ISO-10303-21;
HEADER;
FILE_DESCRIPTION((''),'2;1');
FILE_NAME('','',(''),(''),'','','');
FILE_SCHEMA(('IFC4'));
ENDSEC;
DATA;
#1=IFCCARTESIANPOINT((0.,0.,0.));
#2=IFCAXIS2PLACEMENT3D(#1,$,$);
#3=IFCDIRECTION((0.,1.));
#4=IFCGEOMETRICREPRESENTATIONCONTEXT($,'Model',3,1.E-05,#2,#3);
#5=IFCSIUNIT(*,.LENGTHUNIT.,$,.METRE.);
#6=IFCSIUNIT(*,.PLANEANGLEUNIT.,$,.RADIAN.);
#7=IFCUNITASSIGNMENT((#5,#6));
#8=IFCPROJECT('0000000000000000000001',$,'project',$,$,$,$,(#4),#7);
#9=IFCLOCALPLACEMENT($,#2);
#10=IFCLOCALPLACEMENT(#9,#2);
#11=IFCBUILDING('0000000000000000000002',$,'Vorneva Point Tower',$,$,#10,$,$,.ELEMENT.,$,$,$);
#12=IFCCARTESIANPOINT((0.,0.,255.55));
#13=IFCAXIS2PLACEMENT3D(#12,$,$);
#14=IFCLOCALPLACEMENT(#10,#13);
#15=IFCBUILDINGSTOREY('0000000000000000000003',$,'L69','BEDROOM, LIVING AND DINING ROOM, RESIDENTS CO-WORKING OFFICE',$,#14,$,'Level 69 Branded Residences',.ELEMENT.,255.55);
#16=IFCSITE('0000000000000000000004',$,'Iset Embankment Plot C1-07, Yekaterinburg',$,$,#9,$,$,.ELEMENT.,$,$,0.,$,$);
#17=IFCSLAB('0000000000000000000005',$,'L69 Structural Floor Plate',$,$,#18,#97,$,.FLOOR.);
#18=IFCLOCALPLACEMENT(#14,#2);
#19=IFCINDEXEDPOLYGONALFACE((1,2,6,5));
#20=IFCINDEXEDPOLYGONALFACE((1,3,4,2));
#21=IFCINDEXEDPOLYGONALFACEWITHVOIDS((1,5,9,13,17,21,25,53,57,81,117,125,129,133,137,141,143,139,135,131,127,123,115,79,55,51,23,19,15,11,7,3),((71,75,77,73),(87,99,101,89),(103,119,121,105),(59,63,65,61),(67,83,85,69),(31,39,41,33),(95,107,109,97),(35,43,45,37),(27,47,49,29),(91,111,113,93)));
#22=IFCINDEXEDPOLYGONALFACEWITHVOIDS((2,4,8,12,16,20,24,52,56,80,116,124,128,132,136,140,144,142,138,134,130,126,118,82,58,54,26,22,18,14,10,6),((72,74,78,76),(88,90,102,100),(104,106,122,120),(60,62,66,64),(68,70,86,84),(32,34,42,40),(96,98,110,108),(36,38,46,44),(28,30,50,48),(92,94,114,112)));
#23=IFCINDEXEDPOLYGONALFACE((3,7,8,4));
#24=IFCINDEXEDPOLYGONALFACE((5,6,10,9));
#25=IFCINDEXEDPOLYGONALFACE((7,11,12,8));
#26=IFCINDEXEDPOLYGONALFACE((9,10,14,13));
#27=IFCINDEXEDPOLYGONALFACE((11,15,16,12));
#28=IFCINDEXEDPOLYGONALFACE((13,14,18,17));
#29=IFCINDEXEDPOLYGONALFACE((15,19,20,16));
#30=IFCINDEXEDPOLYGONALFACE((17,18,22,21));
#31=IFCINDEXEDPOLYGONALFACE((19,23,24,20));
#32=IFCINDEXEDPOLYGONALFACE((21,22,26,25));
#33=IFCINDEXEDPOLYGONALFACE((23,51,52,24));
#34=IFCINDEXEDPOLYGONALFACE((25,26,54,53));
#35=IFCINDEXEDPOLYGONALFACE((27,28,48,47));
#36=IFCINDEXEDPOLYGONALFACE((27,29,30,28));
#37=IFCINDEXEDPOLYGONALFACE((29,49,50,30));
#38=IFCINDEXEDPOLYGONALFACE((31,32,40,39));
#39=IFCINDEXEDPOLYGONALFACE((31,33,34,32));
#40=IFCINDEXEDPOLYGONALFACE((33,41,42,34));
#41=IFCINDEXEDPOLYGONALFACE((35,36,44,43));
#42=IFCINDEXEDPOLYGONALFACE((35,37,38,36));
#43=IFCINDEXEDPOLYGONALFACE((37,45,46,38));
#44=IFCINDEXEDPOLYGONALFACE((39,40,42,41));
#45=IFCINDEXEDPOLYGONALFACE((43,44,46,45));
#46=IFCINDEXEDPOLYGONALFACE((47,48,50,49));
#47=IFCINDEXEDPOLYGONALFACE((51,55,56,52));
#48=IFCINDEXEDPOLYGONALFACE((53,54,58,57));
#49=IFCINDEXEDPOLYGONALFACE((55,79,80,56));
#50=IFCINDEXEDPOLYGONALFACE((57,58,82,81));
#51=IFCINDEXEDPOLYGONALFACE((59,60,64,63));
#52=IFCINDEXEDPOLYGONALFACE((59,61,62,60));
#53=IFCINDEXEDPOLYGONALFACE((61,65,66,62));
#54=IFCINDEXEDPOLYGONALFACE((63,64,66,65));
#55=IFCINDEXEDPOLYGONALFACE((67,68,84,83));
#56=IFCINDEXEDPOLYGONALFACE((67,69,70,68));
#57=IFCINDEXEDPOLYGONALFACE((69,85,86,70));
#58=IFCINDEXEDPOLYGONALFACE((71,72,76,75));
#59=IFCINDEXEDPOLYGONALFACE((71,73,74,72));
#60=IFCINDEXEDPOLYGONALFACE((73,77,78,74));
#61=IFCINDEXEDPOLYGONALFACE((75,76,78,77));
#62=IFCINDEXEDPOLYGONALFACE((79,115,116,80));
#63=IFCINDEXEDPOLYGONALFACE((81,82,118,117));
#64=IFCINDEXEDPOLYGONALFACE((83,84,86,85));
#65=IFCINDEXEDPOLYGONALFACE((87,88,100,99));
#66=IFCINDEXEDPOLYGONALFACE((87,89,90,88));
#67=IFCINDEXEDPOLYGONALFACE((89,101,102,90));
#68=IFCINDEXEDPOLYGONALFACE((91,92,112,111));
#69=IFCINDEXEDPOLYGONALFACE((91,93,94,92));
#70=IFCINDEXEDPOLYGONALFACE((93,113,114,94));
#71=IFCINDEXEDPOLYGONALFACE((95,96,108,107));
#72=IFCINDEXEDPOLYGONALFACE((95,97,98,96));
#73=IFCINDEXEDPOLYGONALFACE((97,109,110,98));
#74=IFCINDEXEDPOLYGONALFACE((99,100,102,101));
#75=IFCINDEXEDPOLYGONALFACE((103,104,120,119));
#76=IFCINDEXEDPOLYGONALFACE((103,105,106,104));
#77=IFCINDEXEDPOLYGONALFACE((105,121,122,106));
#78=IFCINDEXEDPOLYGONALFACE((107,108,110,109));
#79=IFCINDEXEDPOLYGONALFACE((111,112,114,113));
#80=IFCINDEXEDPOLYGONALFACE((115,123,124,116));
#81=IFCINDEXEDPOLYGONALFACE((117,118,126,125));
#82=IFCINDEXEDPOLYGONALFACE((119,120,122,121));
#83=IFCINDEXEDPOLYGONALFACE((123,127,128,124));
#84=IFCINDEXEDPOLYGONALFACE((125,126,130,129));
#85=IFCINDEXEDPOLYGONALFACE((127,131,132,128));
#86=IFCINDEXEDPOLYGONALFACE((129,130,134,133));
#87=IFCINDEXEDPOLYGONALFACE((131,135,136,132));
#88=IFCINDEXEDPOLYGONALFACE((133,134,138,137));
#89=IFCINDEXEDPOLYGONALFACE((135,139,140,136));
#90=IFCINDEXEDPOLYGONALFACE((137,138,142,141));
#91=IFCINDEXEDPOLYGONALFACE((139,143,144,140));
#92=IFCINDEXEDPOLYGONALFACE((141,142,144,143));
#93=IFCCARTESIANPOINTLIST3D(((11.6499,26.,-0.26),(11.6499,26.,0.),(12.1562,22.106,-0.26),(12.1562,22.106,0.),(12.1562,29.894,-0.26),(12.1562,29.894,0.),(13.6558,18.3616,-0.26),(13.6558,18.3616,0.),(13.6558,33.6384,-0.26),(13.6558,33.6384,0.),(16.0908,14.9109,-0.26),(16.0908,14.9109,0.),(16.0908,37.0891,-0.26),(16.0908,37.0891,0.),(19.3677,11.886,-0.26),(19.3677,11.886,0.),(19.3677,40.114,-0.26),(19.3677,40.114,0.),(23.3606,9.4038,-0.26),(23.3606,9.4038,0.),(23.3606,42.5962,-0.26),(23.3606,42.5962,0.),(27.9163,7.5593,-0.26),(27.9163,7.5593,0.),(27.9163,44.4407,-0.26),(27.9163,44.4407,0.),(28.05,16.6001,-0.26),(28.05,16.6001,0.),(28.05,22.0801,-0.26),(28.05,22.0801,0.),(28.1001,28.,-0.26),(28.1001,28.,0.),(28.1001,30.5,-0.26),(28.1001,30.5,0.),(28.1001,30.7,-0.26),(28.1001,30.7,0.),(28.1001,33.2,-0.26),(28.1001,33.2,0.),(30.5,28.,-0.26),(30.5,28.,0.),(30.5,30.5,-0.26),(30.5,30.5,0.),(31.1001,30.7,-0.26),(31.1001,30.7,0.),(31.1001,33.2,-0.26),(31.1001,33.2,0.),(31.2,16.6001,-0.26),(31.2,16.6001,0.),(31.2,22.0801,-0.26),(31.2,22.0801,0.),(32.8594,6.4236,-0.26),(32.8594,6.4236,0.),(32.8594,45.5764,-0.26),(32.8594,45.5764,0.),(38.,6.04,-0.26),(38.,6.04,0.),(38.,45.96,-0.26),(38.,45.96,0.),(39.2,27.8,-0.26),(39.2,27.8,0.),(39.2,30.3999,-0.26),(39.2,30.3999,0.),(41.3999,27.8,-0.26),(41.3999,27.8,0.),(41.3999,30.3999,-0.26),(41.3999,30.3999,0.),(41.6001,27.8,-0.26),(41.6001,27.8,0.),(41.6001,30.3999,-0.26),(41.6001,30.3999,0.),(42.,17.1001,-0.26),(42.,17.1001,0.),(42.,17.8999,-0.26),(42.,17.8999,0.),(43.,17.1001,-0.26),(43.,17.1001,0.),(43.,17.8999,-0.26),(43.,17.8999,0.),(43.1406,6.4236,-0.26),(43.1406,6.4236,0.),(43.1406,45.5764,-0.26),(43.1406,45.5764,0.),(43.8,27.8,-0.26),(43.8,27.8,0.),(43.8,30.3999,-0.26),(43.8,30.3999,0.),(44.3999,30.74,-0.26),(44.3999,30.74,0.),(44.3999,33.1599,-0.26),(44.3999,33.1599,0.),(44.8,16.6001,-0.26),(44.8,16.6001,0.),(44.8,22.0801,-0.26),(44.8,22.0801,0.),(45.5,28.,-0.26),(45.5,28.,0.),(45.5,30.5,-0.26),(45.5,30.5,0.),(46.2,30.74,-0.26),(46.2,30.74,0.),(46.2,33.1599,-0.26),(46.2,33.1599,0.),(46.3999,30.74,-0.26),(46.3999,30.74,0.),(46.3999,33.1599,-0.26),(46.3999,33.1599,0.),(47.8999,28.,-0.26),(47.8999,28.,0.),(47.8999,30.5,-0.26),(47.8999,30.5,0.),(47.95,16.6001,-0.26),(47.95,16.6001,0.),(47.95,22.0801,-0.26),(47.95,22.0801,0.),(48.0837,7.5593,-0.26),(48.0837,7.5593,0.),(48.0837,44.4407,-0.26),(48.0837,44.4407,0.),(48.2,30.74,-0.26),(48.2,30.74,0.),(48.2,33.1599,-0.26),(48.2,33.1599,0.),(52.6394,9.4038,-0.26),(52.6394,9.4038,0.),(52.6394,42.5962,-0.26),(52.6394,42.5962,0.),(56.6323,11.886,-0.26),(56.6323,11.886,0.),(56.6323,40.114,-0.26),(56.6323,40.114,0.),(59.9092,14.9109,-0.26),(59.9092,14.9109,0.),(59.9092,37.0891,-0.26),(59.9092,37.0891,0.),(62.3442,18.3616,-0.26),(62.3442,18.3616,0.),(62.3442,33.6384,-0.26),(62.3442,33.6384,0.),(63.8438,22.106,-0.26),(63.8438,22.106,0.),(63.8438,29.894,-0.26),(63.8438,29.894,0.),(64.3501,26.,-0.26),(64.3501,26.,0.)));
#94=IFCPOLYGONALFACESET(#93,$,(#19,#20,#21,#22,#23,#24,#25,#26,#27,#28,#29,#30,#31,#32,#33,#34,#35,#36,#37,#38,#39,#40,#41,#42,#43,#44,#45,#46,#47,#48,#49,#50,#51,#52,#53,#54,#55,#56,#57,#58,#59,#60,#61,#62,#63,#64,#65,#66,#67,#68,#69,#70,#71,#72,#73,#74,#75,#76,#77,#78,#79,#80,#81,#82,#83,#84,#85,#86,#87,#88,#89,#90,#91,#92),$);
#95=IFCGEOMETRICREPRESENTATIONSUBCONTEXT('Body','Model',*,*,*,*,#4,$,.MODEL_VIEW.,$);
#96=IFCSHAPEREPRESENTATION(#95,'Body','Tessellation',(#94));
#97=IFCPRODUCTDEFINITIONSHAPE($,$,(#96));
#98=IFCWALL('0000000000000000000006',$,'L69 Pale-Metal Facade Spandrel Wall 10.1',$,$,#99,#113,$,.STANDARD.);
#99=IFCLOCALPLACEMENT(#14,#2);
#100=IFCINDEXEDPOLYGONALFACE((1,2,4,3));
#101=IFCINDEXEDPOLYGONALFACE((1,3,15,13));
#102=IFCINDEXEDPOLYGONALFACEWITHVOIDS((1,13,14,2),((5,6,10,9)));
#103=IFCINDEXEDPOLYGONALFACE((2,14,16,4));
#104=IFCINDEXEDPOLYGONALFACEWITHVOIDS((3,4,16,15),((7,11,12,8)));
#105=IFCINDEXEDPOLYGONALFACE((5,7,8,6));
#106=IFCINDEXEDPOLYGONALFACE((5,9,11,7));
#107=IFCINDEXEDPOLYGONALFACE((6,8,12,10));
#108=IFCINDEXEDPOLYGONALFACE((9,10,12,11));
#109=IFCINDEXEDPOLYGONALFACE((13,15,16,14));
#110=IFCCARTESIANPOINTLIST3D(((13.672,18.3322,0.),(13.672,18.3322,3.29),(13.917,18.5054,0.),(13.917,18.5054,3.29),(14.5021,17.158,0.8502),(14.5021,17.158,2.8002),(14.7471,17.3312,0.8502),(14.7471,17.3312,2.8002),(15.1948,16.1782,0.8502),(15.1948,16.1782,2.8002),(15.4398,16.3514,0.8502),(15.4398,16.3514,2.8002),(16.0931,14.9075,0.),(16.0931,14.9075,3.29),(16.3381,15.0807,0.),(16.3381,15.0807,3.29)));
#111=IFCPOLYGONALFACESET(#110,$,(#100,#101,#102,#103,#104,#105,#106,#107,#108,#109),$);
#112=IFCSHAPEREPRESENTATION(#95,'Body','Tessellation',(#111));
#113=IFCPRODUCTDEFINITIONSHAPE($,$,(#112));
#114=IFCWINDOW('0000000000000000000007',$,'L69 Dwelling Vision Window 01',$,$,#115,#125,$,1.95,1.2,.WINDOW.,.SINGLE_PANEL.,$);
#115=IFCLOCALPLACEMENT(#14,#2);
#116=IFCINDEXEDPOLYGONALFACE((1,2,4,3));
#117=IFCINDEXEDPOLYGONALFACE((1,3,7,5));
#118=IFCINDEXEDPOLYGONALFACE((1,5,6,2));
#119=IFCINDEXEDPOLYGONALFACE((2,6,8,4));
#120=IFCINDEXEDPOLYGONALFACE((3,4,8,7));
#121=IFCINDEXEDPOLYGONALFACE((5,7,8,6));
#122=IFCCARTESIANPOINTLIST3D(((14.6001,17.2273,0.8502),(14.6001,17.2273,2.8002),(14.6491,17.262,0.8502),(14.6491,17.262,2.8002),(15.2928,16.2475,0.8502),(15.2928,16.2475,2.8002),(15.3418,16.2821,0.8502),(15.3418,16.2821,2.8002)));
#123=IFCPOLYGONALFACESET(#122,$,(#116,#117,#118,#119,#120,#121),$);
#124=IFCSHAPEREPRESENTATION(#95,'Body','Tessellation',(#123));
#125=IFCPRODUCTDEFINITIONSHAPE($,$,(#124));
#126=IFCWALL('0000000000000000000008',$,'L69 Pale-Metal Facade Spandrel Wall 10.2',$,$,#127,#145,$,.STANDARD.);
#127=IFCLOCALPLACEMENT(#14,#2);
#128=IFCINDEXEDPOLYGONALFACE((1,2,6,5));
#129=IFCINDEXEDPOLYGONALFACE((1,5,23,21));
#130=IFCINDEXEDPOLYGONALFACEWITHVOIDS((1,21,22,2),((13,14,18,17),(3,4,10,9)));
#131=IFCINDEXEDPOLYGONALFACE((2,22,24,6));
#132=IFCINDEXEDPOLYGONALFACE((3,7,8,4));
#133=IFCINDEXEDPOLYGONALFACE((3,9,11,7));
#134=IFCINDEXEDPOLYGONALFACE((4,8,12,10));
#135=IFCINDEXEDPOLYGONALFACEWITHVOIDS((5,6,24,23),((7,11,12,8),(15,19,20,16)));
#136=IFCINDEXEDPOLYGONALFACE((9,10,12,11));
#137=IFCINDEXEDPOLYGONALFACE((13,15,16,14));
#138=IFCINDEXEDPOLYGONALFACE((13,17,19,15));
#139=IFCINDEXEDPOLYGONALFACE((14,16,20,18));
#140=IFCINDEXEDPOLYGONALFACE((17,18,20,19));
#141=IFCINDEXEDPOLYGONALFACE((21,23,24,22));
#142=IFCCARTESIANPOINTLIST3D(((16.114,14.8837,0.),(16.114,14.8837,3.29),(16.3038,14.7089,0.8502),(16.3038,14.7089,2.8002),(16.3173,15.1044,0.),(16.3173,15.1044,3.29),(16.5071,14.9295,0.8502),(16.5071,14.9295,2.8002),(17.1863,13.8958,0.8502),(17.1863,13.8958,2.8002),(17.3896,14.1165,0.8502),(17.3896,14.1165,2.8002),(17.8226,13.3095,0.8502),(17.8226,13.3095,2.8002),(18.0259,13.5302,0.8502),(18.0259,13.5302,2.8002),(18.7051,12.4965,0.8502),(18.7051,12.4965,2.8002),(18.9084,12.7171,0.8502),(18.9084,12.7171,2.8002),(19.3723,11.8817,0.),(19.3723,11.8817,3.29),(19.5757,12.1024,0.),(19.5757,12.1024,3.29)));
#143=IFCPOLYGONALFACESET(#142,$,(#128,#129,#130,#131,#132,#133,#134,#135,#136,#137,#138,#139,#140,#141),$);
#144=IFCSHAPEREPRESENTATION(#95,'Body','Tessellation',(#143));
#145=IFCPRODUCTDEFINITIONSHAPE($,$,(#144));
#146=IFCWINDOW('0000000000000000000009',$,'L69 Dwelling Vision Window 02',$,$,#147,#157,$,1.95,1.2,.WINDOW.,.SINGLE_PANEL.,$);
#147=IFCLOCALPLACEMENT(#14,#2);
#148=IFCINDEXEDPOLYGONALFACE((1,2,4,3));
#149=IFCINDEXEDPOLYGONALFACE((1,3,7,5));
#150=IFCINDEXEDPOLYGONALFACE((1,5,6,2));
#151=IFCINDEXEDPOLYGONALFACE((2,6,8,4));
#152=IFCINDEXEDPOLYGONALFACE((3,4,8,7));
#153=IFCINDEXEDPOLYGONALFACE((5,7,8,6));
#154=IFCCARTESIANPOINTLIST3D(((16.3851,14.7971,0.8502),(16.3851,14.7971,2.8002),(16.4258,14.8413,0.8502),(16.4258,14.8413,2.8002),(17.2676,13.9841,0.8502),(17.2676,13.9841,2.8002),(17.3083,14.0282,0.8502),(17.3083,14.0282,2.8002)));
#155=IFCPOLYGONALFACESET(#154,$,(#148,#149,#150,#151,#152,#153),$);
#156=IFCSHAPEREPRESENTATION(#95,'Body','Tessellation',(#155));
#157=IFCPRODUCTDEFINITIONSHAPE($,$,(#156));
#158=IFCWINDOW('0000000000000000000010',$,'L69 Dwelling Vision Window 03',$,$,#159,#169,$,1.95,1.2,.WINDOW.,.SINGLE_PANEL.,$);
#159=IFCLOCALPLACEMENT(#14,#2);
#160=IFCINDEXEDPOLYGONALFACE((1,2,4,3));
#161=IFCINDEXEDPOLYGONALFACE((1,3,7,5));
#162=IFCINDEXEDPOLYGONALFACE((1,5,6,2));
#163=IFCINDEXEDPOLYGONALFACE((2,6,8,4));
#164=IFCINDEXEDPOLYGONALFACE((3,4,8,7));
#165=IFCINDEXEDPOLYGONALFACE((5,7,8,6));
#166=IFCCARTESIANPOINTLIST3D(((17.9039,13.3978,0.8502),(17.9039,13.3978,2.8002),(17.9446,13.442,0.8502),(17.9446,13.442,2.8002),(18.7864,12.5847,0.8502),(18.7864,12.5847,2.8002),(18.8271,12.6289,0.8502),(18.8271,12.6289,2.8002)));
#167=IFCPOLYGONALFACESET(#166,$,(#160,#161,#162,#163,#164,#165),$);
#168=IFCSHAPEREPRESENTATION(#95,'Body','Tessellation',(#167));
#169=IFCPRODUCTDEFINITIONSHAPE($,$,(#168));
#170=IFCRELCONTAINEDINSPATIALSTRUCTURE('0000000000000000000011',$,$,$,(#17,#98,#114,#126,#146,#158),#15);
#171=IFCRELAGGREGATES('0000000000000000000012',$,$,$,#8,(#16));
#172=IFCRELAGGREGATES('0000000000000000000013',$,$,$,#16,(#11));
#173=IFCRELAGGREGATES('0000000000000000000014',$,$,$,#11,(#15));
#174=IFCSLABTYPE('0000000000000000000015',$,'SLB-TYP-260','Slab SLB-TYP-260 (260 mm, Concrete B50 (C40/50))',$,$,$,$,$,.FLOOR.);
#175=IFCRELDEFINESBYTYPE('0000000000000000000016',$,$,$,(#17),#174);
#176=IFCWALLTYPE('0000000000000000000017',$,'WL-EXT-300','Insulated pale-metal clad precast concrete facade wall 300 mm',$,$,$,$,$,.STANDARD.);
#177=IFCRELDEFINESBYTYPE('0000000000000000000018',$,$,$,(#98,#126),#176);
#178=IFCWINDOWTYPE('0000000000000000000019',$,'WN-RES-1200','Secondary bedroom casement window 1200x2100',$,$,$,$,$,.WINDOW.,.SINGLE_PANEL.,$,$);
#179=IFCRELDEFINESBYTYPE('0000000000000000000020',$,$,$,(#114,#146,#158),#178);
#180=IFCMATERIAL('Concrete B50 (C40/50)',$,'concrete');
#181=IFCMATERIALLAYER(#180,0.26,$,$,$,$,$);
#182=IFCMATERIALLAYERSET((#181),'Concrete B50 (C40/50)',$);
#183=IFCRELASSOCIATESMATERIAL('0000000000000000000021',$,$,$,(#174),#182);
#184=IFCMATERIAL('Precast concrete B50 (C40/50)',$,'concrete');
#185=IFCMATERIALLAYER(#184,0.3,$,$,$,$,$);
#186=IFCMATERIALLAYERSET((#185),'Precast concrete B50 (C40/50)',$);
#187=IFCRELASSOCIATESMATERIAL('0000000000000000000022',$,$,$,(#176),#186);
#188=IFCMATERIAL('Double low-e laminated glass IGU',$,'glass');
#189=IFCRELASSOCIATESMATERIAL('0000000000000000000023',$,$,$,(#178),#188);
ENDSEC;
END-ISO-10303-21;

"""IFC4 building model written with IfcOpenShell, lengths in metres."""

from ifc_helpers import new_model, si_unit, direction, frame, frame_2d, origin, place, context, subcontext, project, spatial, polyline, rectangle, outline, extrude, material, layer, layer_set, type_object, element, fill, save


model = new_model("IFC4")

# Units and contexts
model_context = context("Model", 3, precision=1e-05, world=origin(), true_north=direction((0.0, 1.0)))
body_context = subcontext(model_context, "Body", "Model", "MODEL_VIEW")
ifc_project = project(units=[si_unit("LENGTHUNIT", "METRE"), si_unit("PLANEANGLEUNIT", "RADIAN")], contexts=[model_context])

# Site, building, storey
site_placement = place(None, origin())
site = spatial("IfcSite", under=ifc_project, at=site_placement, Name="Iset Embankment Plot C1-07, Yekaterinburg", CompositionType="ELEMENT", RefElevation=0.0)
building_placement = place(site_placement, origin())
building = spatial("IfcBuilding", under=site, at=building_placement, Name="Vorneva Point Tower", CompositionType="ELEMENT")
storey_placement = place(building_placement, frame((0.0, 0.0, 255.55)))
storey = spatial("IfcBuildingStorey", under=building, at=storey_placement, Name="L69", Description="BEDROOM, LIVING AND DINING ROOM, RESIDENTS CO-WORKING OFFICE", LongName="Level 69 Branded Residences", CompositionType="ELEMENT", Elevation=255.55)

# Shared definitions
ifc_material_1 = material(Name="Concrete B50 (C40/50)", Category="concrete")

# Shared definitions
ifc_material_2 = material(Name="Double low-e laminated glass IGU", Category="glass")

# Slab
ifc_layer_1 = layer(ifc_material_1, 0.26)
ifc_layer_set_1 = layer_set([ifc_layer_1], Name="Concrete B50 (C40/50)")
slab_type_1 = type_object("IfcSlabType", Name="SLB-TYP-260", Description="Slab SLB-TYP-260 (260 mm, Concrete B50 (C40/50))", PredefinedType="FLOOR", material=ifc_layer_set_1)
slab_1_placement = place(storey_placement, frame((0.0, 0.0, -0.26)))
element("IfcSlab", 1, at=slab_1_placement, inside=storey, type_object=slab_type_1, Name="L69 Structural Floor Plate", PredefinedType="FLOOR", context=body_context, shape_type="SweptSolid", body=[
    extrude(outline(polyline([(64.3501, 26.0), (63.8438, 29.894), (62.3442, 33.6384), (59.9092, 37.0891), (56.6323, 40.114), (52.6394, 42.5962), (48.0837, 44.4407), (43.1406, 45.5764), (38.0, 45.96), (32.8594, 45.5764), (27.9163, 44.4407), (23.3606, 42.5962), (19.3677, 40.114), (16.0908, 37.0891), (13.6558, 33.6384), (12.1562, 29.894), (11.6499, 26.0), (12.1562, 22.106), (13.6558, 18.3616), (16.0908, 14.9109), (19.3677, 11.886), (23.3606, 9.4038), (27.9163, 7.5593), (32.8594, 6.4236), (38.0, 6.04), (43.1406, 6.4236), (48.0837, 7.5593), (52.6394, 9.4038), (56.6323, 11.886), (59.9092, 14.9109), (62.3442, 18.3616), (63.8438, 22.106), (64.3501, 26.0)]), holes=[polyline([(39.2, 27.8), (41.3999, 27.8), (41.3999, 30.3999), (39.2, 30.3999), (39.2, 27.8)]), polyline([(41.6001, 27.8), (43.8, 27.8), (43.8, 30.3999), (41.6001, 30.3999), (41.6001, 27.8)]), polyline([(44.3999, 30.74), (46.2, 30.74), (46.2, 33.1599), (44.3999, 33.1599), (44.3999, 30.74)]), polyline([(46.3999, 30.74), (48.2, 30.74), (48.2, 33.1599), (46.3999, 33.1599), (46.3999, 30.74)]), polyline([(28.1001, 28.0), (30.5, 28.0), (30.5, 30.5), (28.1001, 30.5), (28.1001, 28.0)]), polyline([(45.5, 28.0), (47.8999, 28.0), (47.8999, 30.5), (45.5, 30.5), (45.5, 28.0)]), polyline([(28.1001, 30.7), (31.1001, 30.7), (31.1001, 33.2), (28.1001, 33.2), (28.1001, 30.7)]), polyline([(28.05, 16.6001), (31.2, 16.6001), (31.2, 22.0801), (28.05, 22.0801), (28.05, 16.6001)]), polyline([(44.8, 16.6001), (47.95, 16.6001), (47.95, 22.0801), (44.8, 22.0801), (44.8, 16.6001)]), polyline([(42.0, 17.1001), (43.0, 17.1001), (43.0, 17.8999), (42.0, 17.8999), (42.0, 17.1001)])]), origin(), (0.0, 0.0, 1.0), 0.26),
])

# Wall, opening, window
ifc_material_3 = material(Name="Precast concrete B50 (C40/50)", Category="concrete")
ifc_layer_2 = layer(ifc_material_3, 0.3)
ifc_layer_set_2 = layer_set([ifc_layer_2], Name="Precast concrete B50 (C40/50)")
wall_type_1 = type_object("IfcWallType", Name="WL-EXT-300", Description="Insulated pale-metal clad precast concrete facade wall 300 mm", PredefinedType="STANDARD", material=ifc_layer_set_2)
wall_1_placement = place(storey_placement, frame((13.7944, 18.4189, 0.0), z_axis=(0.0, 0.0, 1.0), x_axis=(0.577261, -0.81656, 0.0)))
wall_1 = element("IfcWall", 2, at=wall_1_placement, inside=storey, type_object=wall_type_1, Name="L69 Pale-Metal Facade Spandrel Wall 10.1", PredefinedType="STANDARD", context=body_context, shape_type="SweptSolid", body=[
    extrude(rectangle(XDim=4.1941, YDim=0.3, at=frame_2d((2.0972, 0.0))), origin(), (0.0, 0.0, 1.0), 3.29),
])
opening_1_placement = place(wall_1_placement, frame((1.438, 0.0, 0.8501)))
opening_1 = element("IfcOpeningElement", 3, at=opening_1_placement, cuts=wall_1, PredefinedType="OPENING", context=body_context, shape_type="SweptSolid", body=[
    extrude(rectangle(XDim=1.2, YDim=1.95, at=frame_2d((0.6001, 0.9751))), frame((0.0, 0.165, 0.0), z_axis=(0.0, -1.0, 0.0), x_axis=(1.0, 0.0, 0.0)), (0.0, 0.0, 1.0), 0.3298),
])
window_type = type_object("IfcWindowType", Name="WN-RES-1200", Description="Secondary bedroom casement window 1200x2100", PartitioningType="SINGLE_PANEL", PredefinedType="WINDOW", material=ifc_material_2)
window_1_placement = place(opening_1_placement, origin())
window_1 = element("IfcWindow", 4, at=window_1_placement, inside=storey, type_object=window_type, Name="L69 Dwelling Vision Window 01", OverallHeight=1.95, OverallWidth=1.2, PartitioningType="SINGLE_PANEL", PredefinedType="WINDOW", context=body_context, shape_type="SweptSolid", body=[
    extrude(rectangle(XDim=1.2, YDim=1.95, at=frame_2d((0.6001, 0.9751))), frame((0.0, 0.03, 0.0), z_axis=(0.0, -1.0, 0.0), x_axis=(1.0, 0.0, 0.0)), (0.0, 0.0, 1.0), 0.0601),
])
fill(opening_1, window_1)

# Wall, openings, windows
wall_2_placement = place(storey_placement, frame((16.2156, 14.9941, 0.0), z_axis=(0.0, 0.0, 1.0), x_axis=(0.735445, -0.677584, 0.0)))
wall_2 = element("IfcWall", 5, at=wall_2_placement, inside=storey, type_object=wall_type_1, Name="L69 Pale-Metal Facade Spandrel Wall 10.2", PredefinedType="STANDARD", context=body_context, shape_type="SweptSolid", body=[
    extrude(rectangle(XDim=4.4304, YDim=0.3, at=frame_2d((2.2153, 0.0))), origin(), (0.0, 0.0, 1.0), 3.29),
])
opening_2_placement = place(wall_2_placement, frame((0.2581, 0.0, 0.8501)))
opening_2 = element("IfcOpeningElement", 6, at=opening_2_placement, cuts=wall_2, PredefinedType="OPENING", context=body_context, shape_type="SweptSolid", body=[
    extrude(rectangle(XDim=1.2, YDim=1.95, at=frame_2d((0.6001, 0.9751))), frame((0.0, 0.165, 0.0), z_axis=(0.0, -1.0, 0.0), x_axis=(1.0, 0.0, 0.0)), (0.0, 0.0, 1.0), 0.3298),
])
opening_3_placement = place(wall_2_placement, frame((2.3232, 0.0, 0.8501)))
opening_3 = element("IfcOpeningElement", 7, at=opening_3_placement, cuts=wall_2, PredefinedType="OPENING", context=body_context, shape_type="SweptSolid", body=[
    extrude(rectangle(XDim=1.2, YDim=1.95, at=frame_2d((0.6001, 0.9751))), frame((0.0, 0.165, 0.0), z_axis=(0.0, -1.0, 0.0), x_axis=(1.0, 0.0, 0.0)), (0.0, 0.0, 1.0), 0.3298),
])
window_2_placement = place(opening_2_placement, origin())
window_2 = element("IfcWindow", 8, at=window_2_placement, inside=storey, type_object=window_type, Name="L69 Dwelling Vision Window 02", OverallHeight=1.95, OverallWidth=1.2, PartitioningType="SINGLE_PANEL", PredefinedType="WINDOW", context=body_context, shape_type="SweptSolid", body=[
    extrude(rectangle(XDim=1.2, YDim=1.95, at=frame_2d((0.6001, 0.9751))), frame((0.0, 0.03, 0.0), z_axis=(0.0, -1.0, 0.0), x_axis=(1.0, 0.0, 0.0)), (0.0, 0.0, 1.0), 0.0601),
])
fill(opening_2, window_2)
window_3_placement = place(opening_3_placement, origin())
window_3 = element("IfcWindow", 9, at=window_3_placement, inside=storey, type_object=window_type, Name="L69 Dwelling Vision Window 03", OverallHeight=1.95, OverallWidth=1.2, PartitioningType="SINGLE_PANEL", PredefinedType="WINDOW", context=body_context, shape_type="SweptSolid", body=[
    extrude(rectangle(XDim=1.2, YDim=1.95, at=frame_2d((0.6001, 0.9751))), frame((0.0, 0.03, 0.0), z_axis=(0.0, -1.0, 0.0), x_axis=(1.0, 0.0, 0.0)), (0.0, 0.0, 1.0), 0.0601),
])
fill(opening_3, window_3)

save(model, "model.ifc")
